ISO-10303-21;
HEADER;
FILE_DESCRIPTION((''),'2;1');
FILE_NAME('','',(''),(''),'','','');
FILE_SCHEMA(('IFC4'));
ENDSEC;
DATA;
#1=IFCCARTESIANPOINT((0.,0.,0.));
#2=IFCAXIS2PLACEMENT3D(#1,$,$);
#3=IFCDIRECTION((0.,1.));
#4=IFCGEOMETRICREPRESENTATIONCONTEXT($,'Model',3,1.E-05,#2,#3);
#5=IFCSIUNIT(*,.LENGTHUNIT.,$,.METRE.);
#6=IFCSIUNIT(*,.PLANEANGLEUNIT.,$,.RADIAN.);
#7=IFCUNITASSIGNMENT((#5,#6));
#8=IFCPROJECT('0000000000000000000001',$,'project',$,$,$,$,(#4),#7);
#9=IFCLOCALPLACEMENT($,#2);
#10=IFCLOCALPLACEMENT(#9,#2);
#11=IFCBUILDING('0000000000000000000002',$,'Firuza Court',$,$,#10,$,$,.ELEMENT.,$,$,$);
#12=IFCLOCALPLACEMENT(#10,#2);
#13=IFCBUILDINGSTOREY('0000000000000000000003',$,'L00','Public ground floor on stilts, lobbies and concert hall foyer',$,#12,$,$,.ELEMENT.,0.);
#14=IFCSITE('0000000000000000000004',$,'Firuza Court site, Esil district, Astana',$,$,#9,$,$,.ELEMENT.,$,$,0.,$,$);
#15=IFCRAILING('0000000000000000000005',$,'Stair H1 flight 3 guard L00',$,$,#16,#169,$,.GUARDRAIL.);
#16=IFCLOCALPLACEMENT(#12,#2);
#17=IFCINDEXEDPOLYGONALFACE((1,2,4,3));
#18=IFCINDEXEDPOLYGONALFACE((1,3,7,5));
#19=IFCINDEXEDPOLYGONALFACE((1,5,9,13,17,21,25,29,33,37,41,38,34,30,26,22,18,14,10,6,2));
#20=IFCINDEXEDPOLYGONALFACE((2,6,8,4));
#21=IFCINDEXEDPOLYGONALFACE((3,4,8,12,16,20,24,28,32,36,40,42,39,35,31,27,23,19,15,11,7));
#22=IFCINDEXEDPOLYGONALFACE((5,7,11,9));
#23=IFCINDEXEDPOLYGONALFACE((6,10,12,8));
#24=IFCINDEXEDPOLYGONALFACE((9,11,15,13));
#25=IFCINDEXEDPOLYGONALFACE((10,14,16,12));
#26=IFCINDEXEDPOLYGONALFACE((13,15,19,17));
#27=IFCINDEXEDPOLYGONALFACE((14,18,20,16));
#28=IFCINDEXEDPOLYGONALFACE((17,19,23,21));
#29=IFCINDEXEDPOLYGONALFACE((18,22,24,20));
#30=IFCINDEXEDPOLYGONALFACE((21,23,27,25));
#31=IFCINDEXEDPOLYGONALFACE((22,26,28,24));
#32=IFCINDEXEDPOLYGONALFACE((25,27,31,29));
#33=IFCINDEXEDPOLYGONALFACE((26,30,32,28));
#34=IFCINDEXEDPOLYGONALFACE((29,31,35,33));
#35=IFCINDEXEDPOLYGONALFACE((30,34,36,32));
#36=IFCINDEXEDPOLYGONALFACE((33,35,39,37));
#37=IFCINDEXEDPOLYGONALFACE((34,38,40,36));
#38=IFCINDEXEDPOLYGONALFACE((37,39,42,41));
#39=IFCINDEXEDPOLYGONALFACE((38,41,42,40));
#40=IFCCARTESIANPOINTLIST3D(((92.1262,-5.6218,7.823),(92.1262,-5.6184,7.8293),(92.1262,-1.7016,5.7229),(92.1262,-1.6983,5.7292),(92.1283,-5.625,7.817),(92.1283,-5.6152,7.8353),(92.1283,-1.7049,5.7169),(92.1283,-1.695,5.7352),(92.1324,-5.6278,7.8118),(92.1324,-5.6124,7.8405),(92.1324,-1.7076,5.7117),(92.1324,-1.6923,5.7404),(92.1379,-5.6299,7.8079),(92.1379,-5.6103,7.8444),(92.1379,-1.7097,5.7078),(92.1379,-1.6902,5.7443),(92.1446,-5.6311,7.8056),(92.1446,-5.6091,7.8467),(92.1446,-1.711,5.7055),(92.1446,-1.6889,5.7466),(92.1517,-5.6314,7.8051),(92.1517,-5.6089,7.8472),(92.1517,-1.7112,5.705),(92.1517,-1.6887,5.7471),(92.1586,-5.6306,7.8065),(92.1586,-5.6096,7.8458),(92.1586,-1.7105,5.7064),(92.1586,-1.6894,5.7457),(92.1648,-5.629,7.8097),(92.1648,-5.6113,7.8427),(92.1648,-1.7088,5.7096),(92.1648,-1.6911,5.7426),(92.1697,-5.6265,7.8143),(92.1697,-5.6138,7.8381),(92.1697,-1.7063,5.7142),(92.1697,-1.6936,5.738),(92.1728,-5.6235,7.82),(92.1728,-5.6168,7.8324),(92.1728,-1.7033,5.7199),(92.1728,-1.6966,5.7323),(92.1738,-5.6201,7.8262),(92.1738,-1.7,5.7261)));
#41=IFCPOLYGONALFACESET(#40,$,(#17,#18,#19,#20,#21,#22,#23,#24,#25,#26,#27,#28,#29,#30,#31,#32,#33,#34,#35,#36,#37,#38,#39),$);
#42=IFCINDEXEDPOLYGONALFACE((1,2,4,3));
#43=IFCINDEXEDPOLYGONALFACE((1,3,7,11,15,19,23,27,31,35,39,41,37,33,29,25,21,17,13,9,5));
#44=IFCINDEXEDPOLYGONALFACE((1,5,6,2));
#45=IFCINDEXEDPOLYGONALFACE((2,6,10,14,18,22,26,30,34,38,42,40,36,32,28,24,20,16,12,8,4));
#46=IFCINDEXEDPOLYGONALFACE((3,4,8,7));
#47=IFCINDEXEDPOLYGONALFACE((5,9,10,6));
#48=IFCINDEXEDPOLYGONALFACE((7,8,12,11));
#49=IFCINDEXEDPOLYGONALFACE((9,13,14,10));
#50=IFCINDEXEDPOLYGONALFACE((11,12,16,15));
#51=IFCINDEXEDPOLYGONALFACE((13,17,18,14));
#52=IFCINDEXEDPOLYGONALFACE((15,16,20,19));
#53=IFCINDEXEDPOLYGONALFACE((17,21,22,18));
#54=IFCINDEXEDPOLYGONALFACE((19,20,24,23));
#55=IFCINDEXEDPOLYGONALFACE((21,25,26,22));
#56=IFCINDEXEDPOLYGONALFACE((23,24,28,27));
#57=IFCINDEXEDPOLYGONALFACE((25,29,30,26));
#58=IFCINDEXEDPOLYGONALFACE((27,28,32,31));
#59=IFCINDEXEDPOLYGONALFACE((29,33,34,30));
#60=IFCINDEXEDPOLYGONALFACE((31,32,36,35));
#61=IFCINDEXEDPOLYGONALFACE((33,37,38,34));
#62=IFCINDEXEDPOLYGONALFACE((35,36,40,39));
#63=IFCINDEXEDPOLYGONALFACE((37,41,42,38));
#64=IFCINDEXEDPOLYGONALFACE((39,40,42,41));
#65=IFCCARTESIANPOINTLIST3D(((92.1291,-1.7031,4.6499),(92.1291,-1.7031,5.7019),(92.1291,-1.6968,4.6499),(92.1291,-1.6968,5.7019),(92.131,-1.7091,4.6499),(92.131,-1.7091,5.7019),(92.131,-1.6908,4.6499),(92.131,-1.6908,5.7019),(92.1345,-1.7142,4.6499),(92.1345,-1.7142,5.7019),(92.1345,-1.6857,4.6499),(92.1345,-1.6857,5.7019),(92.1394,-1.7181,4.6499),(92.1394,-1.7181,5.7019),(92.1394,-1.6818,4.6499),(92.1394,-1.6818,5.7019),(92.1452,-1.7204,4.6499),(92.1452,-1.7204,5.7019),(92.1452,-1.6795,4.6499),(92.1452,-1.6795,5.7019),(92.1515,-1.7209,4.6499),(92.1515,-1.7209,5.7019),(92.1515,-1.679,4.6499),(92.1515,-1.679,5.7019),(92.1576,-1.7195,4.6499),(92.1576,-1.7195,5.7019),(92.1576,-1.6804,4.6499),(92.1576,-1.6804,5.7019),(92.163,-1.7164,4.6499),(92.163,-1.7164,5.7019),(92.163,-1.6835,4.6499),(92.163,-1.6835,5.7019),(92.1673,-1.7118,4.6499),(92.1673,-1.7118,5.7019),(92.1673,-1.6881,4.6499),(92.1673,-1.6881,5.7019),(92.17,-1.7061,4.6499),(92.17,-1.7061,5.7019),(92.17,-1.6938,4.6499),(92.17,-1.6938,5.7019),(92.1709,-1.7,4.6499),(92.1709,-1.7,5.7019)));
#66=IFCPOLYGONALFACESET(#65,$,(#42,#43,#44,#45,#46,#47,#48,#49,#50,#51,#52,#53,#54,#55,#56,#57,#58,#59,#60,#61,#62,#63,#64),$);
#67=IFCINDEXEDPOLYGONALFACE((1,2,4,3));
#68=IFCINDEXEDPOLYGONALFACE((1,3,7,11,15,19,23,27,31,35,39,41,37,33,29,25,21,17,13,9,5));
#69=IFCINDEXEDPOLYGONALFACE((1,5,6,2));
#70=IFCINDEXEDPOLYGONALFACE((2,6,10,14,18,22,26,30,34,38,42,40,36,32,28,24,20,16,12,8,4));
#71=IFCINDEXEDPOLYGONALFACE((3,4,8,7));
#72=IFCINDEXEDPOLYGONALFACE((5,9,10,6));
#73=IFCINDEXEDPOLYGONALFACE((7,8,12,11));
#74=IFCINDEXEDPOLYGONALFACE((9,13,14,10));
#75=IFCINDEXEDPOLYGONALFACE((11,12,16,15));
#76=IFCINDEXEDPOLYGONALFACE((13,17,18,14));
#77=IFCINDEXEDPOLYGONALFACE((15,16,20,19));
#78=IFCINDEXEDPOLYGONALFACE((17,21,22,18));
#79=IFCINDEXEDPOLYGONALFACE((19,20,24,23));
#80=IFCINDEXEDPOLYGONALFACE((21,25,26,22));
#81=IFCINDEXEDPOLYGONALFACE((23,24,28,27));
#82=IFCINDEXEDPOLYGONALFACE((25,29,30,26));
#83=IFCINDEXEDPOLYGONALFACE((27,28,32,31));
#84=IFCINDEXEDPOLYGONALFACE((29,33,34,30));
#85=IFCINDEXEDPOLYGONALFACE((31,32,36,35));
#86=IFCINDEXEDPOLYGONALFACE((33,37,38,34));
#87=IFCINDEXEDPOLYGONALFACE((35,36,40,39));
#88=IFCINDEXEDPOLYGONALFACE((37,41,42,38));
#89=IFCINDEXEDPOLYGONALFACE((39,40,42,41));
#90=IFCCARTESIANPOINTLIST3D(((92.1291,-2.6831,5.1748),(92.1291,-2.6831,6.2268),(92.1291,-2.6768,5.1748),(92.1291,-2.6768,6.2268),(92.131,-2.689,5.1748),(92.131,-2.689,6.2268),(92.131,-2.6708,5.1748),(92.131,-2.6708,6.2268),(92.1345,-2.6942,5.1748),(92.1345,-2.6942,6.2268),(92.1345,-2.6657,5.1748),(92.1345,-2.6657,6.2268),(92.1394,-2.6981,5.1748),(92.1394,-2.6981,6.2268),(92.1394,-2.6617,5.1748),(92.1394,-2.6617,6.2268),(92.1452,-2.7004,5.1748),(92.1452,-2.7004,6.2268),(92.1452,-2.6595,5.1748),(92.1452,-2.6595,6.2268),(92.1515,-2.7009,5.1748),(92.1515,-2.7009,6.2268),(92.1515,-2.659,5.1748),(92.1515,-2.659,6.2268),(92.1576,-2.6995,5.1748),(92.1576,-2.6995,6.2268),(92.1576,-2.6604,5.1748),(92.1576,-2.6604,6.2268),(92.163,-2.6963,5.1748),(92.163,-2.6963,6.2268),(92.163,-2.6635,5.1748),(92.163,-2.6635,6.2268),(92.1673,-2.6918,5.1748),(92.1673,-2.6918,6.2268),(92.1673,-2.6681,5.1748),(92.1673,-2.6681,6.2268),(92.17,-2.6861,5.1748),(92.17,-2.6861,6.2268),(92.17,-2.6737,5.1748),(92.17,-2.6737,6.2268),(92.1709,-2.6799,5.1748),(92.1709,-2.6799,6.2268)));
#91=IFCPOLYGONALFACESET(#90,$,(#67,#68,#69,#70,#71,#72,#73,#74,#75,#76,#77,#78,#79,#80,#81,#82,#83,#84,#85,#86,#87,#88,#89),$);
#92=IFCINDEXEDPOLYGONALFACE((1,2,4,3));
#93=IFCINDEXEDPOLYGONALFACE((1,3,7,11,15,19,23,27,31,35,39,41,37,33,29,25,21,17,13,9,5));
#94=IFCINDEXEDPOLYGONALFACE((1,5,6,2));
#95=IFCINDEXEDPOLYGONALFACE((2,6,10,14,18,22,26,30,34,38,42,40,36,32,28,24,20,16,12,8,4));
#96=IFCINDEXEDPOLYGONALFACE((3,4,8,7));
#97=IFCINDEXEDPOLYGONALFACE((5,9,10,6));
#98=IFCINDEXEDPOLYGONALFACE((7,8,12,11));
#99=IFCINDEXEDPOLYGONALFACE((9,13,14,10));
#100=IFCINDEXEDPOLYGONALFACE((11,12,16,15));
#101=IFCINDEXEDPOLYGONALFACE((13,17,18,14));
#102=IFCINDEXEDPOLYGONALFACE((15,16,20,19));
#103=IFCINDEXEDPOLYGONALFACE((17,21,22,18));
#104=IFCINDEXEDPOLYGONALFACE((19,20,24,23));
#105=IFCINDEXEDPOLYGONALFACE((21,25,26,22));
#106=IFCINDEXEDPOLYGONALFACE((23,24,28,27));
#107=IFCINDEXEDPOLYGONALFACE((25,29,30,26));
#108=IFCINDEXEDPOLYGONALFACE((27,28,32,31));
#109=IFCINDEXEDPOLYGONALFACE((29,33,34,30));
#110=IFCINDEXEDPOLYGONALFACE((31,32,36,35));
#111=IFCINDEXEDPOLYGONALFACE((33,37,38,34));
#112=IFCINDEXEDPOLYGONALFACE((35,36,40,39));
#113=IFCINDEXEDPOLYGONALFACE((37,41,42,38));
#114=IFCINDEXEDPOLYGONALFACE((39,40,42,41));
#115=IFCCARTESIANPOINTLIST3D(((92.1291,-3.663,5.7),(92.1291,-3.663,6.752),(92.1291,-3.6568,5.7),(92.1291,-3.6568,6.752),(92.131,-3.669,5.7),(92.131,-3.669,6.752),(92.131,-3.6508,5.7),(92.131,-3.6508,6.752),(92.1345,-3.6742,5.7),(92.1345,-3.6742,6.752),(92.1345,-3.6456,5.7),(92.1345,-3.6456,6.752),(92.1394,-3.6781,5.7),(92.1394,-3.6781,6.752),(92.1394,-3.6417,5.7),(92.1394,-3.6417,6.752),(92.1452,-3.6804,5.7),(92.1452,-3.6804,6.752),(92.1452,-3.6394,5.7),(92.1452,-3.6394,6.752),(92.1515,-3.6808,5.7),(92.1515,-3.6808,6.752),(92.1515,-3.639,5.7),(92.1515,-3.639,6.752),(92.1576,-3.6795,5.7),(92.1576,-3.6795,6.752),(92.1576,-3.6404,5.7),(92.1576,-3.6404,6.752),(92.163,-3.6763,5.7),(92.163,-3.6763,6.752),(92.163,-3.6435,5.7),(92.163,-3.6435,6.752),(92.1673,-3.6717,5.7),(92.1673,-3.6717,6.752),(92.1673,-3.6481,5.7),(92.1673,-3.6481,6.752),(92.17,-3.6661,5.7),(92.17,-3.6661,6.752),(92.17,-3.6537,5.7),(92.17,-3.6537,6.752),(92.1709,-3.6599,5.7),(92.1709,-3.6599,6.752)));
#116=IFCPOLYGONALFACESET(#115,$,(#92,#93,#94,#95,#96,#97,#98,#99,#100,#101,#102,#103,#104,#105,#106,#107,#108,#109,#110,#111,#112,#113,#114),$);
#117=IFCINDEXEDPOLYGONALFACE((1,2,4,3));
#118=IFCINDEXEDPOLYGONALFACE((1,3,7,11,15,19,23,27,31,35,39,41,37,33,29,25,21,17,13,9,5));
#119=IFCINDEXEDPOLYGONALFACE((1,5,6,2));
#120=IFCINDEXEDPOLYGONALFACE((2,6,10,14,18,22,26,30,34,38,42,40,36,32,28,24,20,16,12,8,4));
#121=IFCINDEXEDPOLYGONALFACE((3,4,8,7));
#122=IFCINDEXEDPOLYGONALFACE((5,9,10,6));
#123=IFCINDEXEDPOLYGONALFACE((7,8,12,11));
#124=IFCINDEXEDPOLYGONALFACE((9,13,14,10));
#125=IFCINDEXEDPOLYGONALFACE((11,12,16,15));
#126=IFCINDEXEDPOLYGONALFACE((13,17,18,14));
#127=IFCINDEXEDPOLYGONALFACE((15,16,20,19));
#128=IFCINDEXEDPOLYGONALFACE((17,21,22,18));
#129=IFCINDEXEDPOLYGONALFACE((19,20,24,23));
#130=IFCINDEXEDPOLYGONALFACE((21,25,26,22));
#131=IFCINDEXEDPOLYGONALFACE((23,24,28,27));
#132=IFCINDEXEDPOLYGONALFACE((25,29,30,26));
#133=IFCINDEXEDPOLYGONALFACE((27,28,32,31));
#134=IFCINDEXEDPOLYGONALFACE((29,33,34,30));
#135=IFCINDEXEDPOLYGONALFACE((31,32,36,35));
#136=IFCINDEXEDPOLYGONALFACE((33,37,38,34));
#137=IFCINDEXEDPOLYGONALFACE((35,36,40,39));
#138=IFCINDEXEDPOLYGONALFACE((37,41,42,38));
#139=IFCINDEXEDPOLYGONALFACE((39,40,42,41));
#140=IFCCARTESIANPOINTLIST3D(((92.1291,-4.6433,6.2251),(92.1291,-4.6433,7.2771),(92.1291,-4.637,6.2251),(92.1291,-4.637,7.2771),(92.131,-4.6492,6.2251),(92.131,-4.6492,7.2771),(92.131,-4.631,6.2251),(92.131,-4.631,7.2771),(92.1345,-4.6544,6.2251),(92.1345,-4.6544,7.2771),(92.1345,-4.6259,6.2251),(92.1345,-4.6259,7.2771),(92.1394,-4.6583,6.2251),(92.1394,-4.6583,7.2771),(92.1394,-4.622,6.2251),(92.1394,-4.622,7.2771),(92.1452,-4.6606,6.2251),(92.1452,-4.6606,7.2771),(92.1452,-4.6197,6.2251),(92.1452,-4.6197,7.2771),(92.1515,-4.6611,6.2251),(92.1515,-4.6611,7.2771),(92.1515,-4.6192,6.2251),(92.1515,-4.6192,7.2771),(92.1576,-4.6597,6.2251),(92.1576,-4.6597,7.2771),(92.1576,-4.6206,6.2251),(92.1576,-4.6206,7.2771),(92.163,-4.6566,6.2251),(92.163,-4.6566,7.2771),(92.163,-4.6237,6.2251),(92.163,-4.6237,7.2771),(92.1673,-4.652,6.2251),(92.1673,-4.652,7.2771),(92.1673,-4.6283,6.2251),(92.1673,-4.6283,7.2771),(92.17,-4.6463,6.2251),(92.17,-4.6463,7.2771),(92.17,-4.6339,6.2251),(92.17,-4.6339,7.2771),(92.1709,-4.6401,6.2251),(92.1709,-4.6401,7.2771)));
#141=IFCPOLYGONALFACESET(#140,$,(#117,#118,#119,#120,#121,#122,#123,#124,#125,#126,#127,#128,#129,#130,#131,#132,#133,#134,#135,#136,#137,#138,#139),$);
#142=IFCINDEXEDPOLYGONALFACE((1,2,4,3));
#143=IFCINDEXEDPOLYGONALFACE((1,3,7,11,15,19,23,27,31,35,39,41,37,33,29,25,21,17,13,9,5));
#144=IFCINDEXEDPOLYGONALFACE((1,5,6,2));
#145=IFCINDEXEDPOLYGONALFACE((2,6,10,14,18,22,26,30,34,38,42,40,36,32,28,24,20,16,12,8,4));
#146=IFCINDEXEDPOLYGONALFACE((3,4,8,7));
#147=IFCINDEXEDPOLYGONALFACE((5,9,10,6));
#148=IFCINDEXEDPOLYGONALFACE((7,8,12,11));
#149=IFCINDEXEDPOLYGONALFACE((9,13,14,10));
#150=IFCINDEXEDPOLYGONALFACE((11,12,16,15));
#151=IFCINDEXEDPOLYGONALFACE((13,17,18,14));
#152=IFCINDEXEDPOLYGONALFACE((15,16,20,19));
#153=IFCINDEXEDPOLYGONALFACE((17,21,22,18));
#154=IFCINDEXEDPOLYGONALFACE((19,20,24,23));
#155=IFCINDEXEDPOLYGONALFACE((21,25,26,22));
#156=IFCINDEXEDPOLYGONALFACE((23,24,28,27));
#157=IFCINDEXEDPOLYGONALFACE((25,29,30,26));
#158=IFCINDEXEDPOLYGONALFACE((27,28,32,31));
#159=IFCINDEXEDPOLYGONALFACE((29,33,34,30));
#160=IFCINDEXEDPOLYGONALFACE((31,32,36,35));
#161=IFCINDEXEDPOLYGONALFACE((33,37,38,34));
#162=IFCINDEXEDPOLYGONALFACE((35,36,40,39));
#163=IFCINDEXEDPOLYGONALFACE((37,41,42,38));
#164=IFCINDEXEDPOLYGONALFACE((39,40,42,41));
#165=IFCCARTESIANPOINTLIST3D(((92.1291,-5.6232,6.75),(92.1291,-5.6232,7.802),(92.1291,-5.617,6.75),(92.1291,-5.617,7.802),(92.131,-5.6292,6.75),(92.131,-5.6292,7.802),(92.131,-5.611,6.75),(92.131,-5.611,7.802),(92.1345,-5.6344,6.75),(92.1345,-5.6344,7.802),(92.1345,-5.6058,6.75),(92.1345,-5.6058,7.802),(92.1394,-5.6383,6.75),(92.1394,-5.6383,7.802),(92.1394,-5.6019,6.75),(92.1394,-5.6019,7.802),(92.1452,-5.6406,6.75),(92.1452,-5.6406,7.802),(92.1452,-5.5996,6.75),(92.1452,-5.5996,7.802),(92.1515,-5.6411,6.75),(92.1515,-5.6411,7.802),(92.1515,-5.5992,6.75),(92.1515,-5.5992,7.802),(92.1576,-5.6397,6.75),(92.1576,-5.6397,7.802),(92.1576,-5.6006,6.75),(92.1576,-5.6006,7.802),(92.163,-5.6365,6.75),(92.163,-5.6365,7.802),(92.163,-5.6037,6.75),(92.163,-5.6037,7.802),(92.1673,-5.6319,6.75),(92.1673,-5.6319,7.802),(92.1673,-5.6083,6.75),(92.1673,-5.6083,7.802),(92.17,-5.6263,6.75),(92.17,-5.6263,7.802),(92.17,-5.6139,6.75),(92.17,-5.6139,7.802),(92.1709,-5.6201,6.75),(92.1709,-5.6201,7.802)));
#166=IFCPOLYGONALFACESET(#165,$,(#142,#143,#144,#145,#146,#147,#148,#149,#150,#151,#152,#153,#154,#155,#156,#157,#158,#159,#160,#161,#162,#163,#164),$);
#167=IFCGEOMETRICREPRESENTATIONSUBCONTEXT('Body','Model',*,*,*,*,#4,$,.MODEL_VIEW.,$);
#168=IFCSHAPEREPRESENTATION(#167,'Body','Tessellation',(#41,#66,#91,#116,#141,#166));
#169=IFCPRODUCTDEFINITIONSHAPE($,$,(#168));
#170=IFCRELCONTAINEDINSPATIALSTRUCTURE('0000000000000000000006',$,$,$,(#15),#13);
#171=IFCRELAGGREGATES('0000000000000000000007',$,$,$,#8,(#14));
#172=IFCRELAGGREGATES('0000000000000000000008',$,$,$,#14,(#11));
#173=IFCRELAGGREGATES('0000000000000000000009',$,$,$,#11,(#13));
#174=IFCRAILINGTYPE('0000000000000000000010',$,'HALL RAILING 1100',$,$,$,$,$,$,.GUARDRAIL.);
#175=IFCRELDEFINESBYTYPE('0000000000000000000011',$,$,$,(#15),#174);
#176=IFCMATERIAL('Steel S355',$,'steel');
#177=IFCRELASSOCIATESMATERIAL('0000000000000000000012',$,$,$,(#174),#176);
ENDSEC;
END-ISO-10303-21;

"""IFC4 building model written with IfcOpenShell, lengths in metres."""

from ifc_helpers import new_model, si_unit, direction, frame, origin, origin_2d, place, context, subcontext, project, spatial, circle, extrude, material, type_object, element, save


model = new_model("IFC4")

# Units and contexts
model_context = context("Model", 3, precision=1e-05, world=origin(), true_north=direction((0.0, 1.0)))
body_context = subcontext(model_context, "Body", "Model", "MODEL_VIEW")
ifc_project = project(units=[si_unit("LENGTHUNIT", "METRE"), si_unit("PLANEANGLEUNIT", "RADIAN")], contexts=[model_context])

# Site, building, storey
site_placement = place(None, origin())
site = spatial("IfcSite", under=ifc_project, at=site_placement, Name="Firuza Court site, Esil district, Astana", CompositionType="ELEMENT", RefElevation=0.0)
building_placement = place(site_placement, origin())
building = spatial("IfcBuilding", under=site, at=building_placement, Name="Firuza Court", CompositionType="ELEMENT")
storey_placement = place(building_placement, origin())
storey = spatial("IfcBuildingStorey", under=building, at=storey_placement, Name="L00", Description="Public ground floor on stilts, lobbies and concert hall foyer", CompositionType="ELEMENT", Elevation=0.0)

# Railing
ifc_material_1 = material(Name="Steel S355", Category="steel")
railing_type_1 = type_object("IfcRailingType", Name="HALL RAILING 1100", PredefinedType="GUARDRAIL", material=ifc_material_1)
railing_1_placement = place(storey_placement, frame((92.1499, -1.7, 4.6499)))
element("IfcRailing", 1, at=railing_1_placement, inside=storey, type_object=railing_type_1, Name="Stair H1 flight 3 guard L00", PredefinedType="GUARDRAIL", context=body_context, shape_type="SweptSolid", body=[
    extrude(circle(Radius=0.0239, at=origin_2d()), frame((0.0, 0.0, 1.0762), z_axis=(0.0, -0.881479, 0.472223), x_axis=(1.0, 0.0, 0.0)), (0.0, 0.0, 1.0), 4.4473),
    extrude(circle(Radius=0.021, at=origin_2d()), origin(), (0.0, 0.0, 1.0), 1.052),
    extrude(circle(Radius=0.021, at=origin_2d()), frame((0.0, -0.98, 0.5249)), (0.0, 0.0, 1.0), 1.052),
    extrude(circle(Radius=0.021, at=origin_2d()), frame((0.0, -1.96, 1.05)), (0.0, 0.0, 1.0), 1.052),
    extrude(circle(Radius=0.021, at=origin_2d()), frame((0.0, -2.9402, 1.5752)), (0.0, 0.0, 1.0), 1.052),
    extrude(circle(Radius=0.021, at=origin_2d()), frame((0.0, -3.9202, 2.1001)), (0.0, 0.0, 1.0), 1.052),
])

save(model, "model.ifc")
